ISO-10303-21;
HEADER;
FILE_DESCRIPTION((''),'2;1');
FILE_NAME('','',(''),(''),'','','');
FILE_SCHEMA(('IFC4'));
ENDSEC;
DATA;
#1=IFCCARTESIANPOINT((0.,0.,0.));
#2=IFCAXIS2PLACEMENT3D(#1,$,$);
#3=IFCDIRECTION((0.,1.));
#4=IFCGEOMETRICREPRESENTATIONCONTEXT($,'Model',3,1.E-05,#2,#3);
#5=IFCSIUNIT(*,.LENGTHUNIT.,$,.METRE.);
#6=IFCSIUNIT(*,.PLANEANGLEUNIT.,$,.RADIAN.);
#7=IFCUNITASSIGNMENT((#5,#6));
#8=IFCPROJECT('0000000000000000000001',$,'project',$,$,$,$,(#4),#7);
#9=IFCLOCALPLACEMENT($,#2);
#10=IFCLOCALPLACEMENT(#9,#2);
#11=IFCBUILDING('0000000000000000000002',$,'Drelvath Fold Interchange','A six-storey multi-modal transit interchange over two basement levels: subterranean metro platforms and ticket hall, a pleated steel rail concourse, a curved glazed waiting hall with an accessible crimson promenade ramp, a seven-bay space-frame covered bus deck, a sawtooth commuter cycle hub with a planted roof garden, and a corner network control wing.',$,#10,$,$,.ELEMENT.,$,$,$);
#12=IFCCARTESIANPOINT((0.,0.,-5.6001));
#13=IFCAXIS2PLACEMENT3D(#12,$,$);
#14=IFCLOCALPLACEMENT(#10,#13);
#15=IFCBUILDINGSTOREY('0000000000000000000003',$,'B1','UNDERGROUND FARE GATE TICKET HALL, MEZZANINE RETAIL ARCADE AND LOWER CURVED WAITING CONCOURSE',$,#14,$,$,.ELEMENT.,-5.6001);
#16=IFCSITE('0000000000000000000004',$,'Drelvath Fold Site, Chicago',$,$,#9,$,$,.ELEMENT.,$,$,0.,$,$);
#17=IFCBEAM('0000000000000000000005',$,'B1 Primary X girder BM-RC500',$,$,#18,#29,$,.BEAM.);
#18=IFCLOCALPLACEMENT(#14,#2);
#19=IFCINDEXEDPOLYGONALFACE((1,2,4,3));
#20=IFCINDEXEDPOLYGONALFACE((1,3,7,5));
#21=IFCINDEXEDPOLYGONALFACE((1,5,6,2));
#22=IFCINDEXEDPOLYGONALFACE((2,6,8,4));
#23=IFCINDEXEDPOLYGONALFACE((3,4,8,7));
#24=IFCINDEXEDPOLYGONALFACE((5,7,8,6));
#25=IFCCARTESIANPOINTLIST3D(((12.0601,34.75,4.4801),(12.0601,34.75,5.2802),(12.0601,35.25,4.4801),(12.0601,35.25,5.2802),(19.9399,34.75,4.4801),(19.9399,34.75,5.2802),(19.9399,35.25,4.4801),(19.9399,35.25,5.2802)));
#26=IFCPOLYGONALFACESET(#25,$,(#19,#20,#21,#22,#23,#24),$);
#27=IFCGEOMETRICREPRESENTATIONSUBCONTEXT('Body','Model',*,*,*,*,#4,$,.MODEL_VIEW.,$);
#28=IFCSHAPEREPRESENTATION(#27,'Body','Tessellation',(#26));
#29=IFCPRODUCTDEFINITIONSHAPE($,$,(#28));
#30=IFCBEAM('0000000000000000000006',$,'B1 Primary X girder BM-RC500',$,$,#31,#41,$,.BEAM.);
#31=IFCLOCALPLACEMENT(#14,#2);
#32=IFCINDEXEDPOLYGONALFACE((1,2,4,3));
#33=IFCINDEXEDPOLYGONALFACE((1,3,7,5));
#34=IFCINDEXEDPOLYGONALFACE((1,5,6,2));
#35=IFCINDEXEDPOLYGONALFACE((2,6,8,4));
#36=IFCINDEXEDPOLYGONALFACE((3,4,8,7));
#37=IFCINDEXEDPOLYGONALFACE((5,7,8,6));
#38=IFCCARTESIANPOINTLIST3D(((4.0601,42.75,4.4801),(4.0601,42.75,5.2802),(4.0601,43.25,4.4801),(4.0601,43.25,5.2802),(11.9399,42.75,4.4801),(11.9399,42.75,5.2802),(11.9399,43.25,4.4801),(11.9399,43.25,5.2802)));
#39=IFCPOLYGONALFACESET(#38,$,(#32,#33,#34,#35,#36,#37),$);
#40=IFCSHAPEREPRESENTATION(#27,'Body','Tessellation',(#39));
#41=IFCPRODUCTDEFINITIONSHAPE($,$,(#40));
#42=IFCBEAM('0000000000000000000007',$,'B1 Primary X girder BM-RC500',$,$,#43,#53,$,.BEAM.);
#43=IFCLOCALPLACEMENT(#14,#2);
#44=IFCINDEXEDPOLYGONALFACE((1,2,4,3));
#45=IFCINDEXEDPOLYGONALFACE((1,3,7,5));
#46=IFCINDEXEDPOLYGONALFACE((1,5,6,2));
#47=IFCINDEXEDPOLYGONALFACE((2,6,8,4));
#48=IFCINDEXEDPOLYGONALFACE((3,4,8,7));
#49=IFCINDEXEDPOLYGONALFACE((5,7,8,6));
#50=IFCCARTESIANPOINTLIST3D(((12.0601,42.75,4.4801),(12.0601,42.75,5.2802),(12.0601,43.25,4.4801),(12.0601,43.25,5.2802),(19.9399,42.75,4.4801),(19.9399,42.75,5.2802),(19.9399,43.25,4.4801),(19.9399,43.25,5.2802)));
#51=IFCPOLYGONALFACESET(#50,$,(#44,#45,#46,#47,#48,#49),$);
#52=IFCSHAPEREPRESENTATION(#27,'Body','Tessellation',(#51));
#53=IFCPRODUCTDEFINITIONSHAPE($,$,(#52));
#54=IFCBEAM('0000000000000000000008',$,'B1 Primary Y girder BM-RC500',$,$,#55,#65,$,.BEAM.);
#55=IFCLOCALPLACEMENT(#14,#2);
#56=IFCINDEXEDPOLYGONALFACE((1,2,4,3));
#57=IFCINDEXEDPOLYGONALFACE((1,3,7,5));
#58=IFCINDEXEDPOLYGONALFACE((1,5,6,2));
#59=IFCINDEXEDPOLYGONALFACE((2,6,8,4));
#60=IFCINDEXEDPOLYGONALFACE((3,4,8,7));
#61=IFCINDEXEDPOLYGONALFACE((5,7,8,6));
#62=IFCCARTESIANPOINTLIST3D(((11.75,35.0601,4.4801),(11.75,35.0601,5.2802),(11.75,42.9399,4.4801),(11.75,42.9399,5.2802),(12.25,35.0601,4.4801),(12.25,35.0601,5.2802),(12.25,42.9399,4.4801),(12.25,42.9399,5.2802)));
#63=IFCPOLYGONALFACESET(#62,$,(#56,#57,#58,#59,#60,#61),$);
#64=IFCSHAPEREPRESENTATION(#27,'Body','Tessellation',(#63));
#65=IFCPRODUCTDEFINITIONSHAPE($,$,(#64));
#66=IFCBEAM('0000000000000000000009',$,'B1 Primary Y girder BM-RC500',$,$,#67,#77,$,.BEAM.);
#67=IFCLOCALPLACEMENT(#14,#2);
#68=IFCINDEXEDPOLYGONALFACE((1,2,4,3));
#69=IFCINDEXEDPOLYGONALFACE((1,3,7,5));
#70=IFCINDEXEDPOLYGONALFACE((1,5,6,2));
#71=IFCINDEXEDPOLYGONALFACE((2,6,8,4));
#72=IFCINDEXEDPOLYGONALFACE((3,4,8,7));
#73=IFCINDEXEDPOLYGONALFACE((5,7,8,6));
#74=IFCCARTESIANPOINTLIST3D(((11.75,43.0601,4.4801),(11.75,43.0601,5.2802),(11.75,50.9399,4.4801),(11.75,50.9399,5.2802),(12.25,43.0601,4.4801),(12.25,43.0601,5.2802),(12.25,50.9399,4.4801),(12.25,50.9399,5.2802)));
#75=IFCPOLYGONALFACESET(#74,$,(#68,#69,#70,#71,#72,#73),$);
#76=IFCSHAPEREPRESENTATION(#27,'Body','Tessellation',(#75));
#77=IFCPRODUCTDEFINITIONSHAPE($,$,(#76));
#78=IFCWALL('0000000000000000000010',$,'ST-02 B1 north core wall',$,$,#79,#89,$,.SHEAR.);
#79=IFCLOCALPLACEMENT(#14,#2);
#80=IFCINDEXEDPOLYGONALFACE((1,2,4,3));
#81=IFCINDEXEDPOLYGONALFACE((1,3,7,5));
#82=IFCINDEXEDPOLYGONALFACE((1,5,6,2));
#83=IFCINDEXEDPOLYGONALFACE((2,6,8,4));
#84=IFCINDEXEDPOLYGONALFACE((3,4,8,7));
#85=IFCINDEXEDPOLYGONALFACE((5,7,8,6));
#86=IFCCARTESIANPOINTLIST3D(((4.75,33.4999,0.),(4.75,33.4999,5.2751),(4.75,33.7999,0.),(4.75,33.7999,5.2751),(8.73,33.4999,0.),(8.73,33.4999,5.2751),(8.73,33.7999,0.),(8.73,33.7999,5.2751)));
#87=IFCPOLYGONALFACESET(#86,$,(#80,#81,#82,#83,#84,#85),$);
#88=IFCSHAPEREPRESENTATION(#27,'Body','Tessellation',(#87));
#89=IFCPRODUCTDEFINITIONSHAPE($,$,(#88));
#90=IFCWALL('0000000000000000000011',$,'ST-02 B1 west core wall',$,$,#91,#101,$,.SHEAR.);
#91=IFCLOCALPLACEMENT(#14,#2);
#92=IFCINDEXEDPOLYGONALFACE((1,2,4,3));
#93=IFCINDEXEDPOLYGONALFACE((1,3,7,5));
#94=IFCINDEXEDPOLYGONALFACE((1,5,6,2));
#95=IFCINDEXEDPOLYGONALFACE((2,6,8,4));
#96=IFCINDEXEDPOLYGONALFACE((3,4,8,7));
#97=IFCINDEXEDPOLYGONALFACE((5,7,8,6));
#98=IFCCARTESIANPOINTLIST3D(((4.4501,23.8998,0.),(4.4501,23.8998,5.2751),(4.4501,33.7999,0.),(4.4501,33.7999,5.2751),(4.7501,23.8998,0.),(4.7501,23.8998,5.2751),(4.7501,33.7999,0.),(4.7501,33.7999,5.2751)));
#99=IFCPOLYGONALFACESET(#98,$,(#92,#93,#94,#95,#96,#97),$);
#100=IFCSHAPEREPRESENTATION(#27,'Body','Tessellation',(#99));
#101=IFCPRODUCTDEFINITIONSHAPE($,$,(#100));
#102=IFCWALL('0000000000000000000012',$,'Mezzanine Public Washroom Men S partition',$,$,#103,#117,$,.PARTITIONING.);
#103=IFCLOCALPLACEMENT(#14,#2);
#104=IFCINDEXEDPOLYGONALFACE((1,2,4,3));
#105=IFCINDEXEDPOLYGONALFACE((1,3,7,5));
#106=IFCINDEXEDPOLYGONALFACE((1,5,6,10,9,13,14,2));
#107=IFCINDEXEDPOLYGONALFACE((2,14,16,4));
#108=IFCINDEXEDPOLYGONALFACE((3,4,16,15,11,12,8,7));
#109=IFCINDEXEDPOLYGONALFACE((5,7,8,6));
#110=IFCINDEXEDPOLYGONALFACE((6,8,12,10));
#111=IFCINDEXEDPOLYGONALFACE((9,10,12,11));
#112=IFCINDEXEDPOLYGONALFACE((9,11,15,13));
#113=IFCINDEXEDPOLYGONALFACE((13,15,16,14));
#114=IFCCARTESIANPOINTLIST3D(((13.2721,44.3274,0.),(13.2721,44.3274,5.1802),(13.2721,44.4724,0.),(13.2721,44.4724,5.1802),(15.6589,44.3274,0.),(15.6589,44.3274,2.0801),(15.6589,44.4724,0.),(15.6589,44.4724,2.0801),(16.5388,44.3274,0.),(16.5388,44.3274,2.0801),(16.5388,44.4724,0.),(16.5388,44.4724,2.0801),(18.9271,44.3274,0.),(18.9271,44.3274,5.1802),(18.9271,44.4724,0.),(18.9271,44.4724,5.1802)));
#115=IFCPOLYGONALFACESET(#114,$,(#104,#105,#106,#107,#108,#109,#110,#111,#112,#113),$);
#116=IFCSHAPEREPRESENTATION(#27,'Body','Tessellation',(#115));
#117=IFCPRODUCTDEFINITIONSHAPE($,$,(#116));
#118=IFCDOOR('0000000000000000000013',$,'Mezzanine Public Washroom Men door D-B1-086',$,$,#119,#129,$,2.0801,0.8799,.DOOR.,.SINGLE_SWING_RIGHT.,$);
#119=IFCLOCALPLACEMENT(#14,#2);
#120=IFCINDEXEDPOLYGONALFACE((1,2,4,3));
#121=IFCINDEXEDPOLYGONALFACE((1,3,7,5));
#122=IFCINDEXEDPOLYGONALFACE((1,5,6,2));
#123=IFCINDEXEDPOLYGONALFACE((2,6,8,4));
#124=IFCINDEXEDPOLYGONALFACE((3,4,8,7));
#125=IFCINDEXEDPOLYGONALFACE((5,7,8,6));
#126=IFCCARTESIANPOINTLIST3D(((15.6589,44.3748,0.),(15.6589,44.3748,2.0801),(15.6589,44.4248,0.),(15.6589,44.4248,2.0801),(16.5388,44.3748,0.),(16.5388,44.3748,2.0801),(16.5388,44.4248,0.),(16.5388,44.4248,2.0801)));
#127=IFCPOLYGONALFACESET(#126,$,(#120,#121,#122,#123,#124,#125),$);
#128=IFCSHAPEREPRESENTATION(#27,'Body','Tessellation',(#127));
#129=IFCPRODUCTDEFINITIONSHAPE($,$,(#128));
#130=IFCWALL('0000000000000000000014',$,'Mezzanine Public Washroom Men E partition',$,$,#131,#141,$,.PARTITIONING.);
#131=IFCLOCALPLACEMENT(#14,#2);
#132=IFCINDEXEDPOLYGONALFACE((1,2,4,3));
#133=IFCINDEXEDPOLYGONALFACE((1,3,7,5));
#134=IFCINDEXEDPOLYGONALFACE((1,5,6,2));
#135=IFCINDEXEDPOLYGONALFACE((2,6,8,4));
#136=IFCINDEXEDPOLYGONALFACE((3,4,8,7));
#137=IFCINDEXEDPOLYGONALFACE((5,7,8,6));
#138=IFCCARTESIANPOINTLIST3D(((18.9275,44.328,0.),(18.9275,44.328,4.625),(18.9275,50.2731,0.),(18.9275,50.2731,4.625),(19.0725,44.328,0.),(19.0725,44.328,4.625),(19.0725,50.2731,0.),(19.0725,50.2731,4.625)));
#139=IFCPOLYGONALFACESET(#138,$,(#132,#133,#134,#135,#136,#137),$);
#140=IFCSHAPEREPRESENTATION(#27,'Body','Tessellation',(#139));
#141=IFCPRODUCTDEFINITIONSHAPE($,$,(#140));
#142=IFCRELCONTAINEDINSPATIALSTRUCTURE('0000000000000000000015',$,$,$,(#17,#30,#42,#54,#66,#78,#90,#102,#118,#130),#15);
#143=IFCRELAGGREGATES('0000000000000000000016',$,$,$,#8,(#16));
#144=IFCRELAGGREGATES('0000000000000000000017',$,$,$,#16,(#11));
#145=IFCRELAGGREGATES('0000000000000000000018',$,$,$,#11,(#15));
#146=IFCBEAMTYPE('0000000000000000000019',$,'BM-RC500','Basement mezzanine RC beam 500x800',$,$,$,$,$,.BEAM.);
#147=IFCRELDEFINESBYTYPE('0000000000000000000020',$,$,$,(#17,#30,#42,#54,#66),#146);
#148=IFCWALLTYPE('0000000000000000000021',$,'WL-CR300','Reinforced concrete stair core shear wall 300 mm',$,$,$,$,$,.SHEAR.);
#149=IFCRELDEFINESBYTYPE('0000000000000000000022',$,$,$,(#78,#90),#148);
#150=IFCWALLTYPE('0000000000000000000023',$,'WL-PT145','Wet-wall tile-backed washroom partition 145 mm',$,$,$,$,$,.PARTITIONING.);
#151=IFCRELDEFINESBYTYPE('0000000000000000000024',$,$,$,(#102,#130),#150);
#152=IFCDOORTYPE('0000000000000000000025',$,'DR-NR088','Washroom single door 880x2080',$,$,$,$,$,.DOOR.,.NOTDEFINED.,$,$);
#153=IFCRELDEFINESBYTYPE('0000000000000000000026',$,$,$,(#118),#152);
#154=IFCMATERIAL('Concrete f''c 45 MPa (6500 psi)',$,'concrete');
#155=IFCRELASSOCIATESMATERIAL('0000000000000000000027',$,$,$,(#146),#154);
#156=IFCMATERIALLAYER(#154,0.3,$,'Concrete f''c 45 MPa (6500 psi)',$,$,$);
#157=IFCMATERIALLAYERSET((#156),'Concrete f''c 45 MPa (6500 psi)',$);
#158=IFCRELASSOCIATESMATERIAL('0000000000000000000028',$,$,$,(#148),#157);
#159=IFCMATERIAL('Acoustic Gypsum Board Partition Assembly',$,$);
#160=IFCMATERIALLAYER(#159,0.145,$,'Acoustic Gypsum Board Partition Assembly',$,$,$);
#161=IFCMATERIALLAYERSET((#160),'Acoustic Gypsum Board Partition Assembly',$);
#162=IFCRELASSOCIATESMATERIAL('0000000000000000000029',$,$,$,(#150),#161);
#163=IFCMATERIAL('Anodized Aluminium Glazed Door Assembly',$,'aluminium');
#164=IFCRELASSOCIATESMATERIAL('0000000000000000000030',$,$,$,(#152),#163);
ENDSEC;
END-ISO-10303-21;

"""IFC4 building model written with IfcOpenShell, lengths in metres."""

from ifc_helpers import new_model, si_unit, direction, frame, frame_2d, origin, origin_2d, place, context, subcontext, project, spatial, rectangle, extrude, material, layer, layer_set, material_profile, profile_set, type_object, element, fill, save


model = new_model("IFC4")

# Units and contexts
model_context = context("Model", 3, precision=1e-05, world=origin(), true_north=direction((0.0, 1.0)))
body_context = subcontext(model_context, "Body", "Model", "MODEL_VIEW")
ifc_project = project(units=[si_unit("LENGTHUNIT", "METRE"), si_unit("PLANEANGLEUNIT", "RADIAN")], contexts=[model_context])

# Site, building, storey
site_placement = place(None, origin())
site = spatial("IfcSite", under=ifc_project, at=site_placement, Name="Drelvath Fold Site, Chicago", CompositionType="ELEMENT", RefElevation=0.0)
building_placement = place(site_placement, origin())
building = spatial("IfcBuilding", under=site, at=building_placement, Name="Drelvath Fold Interchange", Description="A six-storey multi-modal transit interchange over two basement levels: subterranean metro platforms and ticket hall, a pleated steel rail concourse, a curved glazed waiting hall with an accessible crimson promenade ramp, a seven-bay space-frame covered bus deck, a sawtooth commuter cycle hub with a planted roof garden, and a corner network control wing.", CompositionType="ELEMENT")
storey_placement = place(building_placement, frame((0.0, 0.0, -5.6001)))
storey = spatial("IfcBuildingStorey", under=building, at=storey_placement, Name="B1", Description="UNDERGROUND FARE GATE TICKET HALL, MEZZANINE RETAIL ARCADE AND LOWER CURVED WAITING CONCOURSE", CompositionType="ELEMENT", Elevation=-5.6001)

# Beams
ifc_material_1 = material(Name="Concrete f'c 45 MPa (6500 psi)", Category="concrete")
ifc_material_profile_1 = material_profile(ifc_material_1, rectangle(XDim=0.5, YDim=0.8, at=origin_2d()), Name="RC 500x800")
ifc_profile_set_1 = profile_set([ifc_material_profile_1], Name="Concrete f'c 45 MPa (6500 psi)")
beam_type_1 = type_object("IfcBeamType", Name="BM-RC500", Description="Basement mezzanine RC beam 500x800", PredefinedType="BEAM", material=ifc_profile_set_1)
for number, where, z_axis, x_axis, name in (
    (1, (12.0601, 35.0, 4.8801), (1.0, 0.0, 0.0), (0.0, 1.0, 0.0), "B1 Primary X girder BM-RC500"),
    (2, (4.0601, 43.0, 4.8801), (1.0, 0.0, 0.0), (0.0, 1.0, 0.0), "B1 Primary X girder BM-RC500"),
    (3, (12.0601, 43.0, 4.8801), (1.0, 0.0, 0.0), (0.0, 1.0, 0.0), "B1 Primary X girder BM-RC500"),
    (4, (12.0, 35.0601, 4.8801), (0.0, 1.0, 0.0), (-1.0, 0.0, 0.0), "B1 Primary Y girder BM-RC500"),
    (5, (12.0, 43.0601, 4.8801), (0.0, 1.0, 0.0), (-1.0, 0.0, 0.0), "B1 Primary Y girder BM-RC500"),
):
    element("IfcBeam", number, at=place(storey_placement, frame(where, z_axis=z_axis, x_axis=x_axis)), inside=storey, type_object=beam_type_1, Name=name, PredefinedType="BEAM", context=body_context, shape_type="SweptSolid", body=[
        extrude(rectangle(XDim=0.5, YDim=0.8, at=origin_2d()), origin(), (0.0, 0.0, 1.0), 7.8799),
    ])

# Walls
ifc_layer_1 = layer(ifc_material_1, 0.3, Name="Concrete f'c 45 MPa (6500 psi)")
ifc_layer_set_1 = layer_set([ifc_layer_1], Name="Concrete f'c 45 MPa (6500 psi)")
wall_type_1 = type_object("IfcWallType", Name="WL-CR300", Description="Reinforced concrete stair core shear wall 300 mm", PredefinedType="SHEAR", material=ifc_layer_set_1)
wall_1_placement = place(storey_placement, frame((8.73, 33.6499, 0.0), z_axis=(0.0, 0.0, 1.0), x_axis=(-1.0, 0.0, 0.0)))
element("IfcWall", 6, at=wall_1_placement, inside=storey, type_object=wall_type_1, Name="ST-02 B1 north core wall", PredefinedType="SHEAR", context=body_context, shape_type="SweptSolid", body=[
    extrude(rectangle(XDim=3.98, YDim=0.3, at=frame_2d((1.99, 0.0))), origin(), (0.0, 0.0, 1.0), 5.2751),
])
wall_2_placement = place(storey_placement, frame((4.6001, 33.8, 0.0), z_axis=(0.0, 0.0, 1.0), x_axis=(0.0, -1.0, 0.0)))
element("IfcWall", 7, at=wall_2_placement, inside=storey, type_object=wall_type_1, Name="ST-02 B1 west core wall", PredefinedType="SHEAR", context=body_context, shape_type="SweptSolid", body=[
    extrude(rectangle(XDim=9.9001, YDim=0.3, at=frame_2d((4.9502, 0.0))), origin(), (0.0, 0.0, 1.0), 5.2751),
])

# Wall, opening, door
ifc_material_2 = material(Name="Acoustic Gypsum Board Partition Assembly")
ifc_layer_2 = layer(ifc_material_2, 0.145, Name="Acoustic Gypsum Board Partition Assembly")
ifc_layer_set_2 = layer_set([ifc_layer_2], Name="Acoustic Gypsum Board Partition Assembly")
wall_type_2 = type_object("IfcWallType", Name="WL-PT145", Description="Wet-wall tile-backed washroom partition 145 mm", PredefinedType="PARTITIONING", material=ifc_layer_set_2)
wall_3_placement = place(storey_placement, frame((13.272, 44.3999, 0.0), z_axis=(0.0, 0.0, 1.0), x_axis=(1.0, 0.0, 0.0)))
wall_3 = element("IfcWall", 8, at=wall_3_placement, inside=storey, type_object=wall_type_2, Name="Mezzanine Public Washroom Men S partition", PredefinedType="PARTITIONING", context=body_context, shape_type="SweptSolid", body=[
    extrude(rectangle(XDim=5.655, YDim=0.145, at=frame_2d((2.8276, 0.0))), origin(), (0.0, 0.0, 1.0), 5.1802),
])
opening_placement = place(wall_3_placement, frame((2.387, 0.0, 0.0)))
opening = element("IfcOpeningElement", 9, at=opening_placement, cuts=wall_3, PredefinedType="OPENING", context=body_context, shape_type="SweptSolid", body=[
    extrude(rectangle(XDim=0.8799, YDim=2.0801, at=frame_2d((0.4399, 1.04))), frame((0.0, 0.0825, 0.0), z_axis=(0.0, -1.0, 0.0), x_axis=(1.0, 0.0, 0.0)), (0.0, 0.0, 1.0), 0.165),
])
ifc_material_3 = material(Name="Anodized Aluminium Glazed Door Assembly", Category="aluminium")
door_type = type_object("IfcDoorType", Name="DR-NR088", Description="Washroom single door 880x2080", OperationType="NOTDEFINED", PredefinedType="DOOR", material=ifc_material_3)
door_placement = place(opening_placement, origin())
door = element("IfcDoor", 10, at=door_placement, inside=storey, type_object=door_type, Name="Mezzanine Public Washroom Men door D-B1-086", OperationType="SINGLE_SWING_RIGHT", OverallHeight=2.0801, OverallWidth=0.8799, PredefinedType="DOOR", context=body_context, shape_type="SweptSolid", body=[
    extrude(rectangle(XDim=0.8799, YDim=2.0801, at=frame_2d((0.4399, 1.04))), frame((0.0, 0.0249, 0.0), z_axis=(0.0, -1.0, 0.0), x_axis=(1.0, 0.0, 0.0)), (0.0, 0.0, 1.0), 0.05),
])
fill(opening, door)

# Wall
wall_4_placement = place(storey_placement, frame((19.0, 44.3279, 0.0), z_axis=(0.0, 0.0, 1.0), x_axis=(0.0, 1.0, 0.0)))
element("IfcWall", 11, at=wall_4_placement, inside=storey, type_object=wall_type_2, Name="Mezzanine Public Washroom Men E partition", PredefinedType="PARTITIONING", context=body_context, shape_type="SweptSolid", body=[
    extrude(rectangle(XDim=5.9451, YDim=0.145, at=frame_2d((2.9727, 0.0))), origin(), (0.0, 0.0, 1.0), 4.625),
])

save(model, "model.ifc")
